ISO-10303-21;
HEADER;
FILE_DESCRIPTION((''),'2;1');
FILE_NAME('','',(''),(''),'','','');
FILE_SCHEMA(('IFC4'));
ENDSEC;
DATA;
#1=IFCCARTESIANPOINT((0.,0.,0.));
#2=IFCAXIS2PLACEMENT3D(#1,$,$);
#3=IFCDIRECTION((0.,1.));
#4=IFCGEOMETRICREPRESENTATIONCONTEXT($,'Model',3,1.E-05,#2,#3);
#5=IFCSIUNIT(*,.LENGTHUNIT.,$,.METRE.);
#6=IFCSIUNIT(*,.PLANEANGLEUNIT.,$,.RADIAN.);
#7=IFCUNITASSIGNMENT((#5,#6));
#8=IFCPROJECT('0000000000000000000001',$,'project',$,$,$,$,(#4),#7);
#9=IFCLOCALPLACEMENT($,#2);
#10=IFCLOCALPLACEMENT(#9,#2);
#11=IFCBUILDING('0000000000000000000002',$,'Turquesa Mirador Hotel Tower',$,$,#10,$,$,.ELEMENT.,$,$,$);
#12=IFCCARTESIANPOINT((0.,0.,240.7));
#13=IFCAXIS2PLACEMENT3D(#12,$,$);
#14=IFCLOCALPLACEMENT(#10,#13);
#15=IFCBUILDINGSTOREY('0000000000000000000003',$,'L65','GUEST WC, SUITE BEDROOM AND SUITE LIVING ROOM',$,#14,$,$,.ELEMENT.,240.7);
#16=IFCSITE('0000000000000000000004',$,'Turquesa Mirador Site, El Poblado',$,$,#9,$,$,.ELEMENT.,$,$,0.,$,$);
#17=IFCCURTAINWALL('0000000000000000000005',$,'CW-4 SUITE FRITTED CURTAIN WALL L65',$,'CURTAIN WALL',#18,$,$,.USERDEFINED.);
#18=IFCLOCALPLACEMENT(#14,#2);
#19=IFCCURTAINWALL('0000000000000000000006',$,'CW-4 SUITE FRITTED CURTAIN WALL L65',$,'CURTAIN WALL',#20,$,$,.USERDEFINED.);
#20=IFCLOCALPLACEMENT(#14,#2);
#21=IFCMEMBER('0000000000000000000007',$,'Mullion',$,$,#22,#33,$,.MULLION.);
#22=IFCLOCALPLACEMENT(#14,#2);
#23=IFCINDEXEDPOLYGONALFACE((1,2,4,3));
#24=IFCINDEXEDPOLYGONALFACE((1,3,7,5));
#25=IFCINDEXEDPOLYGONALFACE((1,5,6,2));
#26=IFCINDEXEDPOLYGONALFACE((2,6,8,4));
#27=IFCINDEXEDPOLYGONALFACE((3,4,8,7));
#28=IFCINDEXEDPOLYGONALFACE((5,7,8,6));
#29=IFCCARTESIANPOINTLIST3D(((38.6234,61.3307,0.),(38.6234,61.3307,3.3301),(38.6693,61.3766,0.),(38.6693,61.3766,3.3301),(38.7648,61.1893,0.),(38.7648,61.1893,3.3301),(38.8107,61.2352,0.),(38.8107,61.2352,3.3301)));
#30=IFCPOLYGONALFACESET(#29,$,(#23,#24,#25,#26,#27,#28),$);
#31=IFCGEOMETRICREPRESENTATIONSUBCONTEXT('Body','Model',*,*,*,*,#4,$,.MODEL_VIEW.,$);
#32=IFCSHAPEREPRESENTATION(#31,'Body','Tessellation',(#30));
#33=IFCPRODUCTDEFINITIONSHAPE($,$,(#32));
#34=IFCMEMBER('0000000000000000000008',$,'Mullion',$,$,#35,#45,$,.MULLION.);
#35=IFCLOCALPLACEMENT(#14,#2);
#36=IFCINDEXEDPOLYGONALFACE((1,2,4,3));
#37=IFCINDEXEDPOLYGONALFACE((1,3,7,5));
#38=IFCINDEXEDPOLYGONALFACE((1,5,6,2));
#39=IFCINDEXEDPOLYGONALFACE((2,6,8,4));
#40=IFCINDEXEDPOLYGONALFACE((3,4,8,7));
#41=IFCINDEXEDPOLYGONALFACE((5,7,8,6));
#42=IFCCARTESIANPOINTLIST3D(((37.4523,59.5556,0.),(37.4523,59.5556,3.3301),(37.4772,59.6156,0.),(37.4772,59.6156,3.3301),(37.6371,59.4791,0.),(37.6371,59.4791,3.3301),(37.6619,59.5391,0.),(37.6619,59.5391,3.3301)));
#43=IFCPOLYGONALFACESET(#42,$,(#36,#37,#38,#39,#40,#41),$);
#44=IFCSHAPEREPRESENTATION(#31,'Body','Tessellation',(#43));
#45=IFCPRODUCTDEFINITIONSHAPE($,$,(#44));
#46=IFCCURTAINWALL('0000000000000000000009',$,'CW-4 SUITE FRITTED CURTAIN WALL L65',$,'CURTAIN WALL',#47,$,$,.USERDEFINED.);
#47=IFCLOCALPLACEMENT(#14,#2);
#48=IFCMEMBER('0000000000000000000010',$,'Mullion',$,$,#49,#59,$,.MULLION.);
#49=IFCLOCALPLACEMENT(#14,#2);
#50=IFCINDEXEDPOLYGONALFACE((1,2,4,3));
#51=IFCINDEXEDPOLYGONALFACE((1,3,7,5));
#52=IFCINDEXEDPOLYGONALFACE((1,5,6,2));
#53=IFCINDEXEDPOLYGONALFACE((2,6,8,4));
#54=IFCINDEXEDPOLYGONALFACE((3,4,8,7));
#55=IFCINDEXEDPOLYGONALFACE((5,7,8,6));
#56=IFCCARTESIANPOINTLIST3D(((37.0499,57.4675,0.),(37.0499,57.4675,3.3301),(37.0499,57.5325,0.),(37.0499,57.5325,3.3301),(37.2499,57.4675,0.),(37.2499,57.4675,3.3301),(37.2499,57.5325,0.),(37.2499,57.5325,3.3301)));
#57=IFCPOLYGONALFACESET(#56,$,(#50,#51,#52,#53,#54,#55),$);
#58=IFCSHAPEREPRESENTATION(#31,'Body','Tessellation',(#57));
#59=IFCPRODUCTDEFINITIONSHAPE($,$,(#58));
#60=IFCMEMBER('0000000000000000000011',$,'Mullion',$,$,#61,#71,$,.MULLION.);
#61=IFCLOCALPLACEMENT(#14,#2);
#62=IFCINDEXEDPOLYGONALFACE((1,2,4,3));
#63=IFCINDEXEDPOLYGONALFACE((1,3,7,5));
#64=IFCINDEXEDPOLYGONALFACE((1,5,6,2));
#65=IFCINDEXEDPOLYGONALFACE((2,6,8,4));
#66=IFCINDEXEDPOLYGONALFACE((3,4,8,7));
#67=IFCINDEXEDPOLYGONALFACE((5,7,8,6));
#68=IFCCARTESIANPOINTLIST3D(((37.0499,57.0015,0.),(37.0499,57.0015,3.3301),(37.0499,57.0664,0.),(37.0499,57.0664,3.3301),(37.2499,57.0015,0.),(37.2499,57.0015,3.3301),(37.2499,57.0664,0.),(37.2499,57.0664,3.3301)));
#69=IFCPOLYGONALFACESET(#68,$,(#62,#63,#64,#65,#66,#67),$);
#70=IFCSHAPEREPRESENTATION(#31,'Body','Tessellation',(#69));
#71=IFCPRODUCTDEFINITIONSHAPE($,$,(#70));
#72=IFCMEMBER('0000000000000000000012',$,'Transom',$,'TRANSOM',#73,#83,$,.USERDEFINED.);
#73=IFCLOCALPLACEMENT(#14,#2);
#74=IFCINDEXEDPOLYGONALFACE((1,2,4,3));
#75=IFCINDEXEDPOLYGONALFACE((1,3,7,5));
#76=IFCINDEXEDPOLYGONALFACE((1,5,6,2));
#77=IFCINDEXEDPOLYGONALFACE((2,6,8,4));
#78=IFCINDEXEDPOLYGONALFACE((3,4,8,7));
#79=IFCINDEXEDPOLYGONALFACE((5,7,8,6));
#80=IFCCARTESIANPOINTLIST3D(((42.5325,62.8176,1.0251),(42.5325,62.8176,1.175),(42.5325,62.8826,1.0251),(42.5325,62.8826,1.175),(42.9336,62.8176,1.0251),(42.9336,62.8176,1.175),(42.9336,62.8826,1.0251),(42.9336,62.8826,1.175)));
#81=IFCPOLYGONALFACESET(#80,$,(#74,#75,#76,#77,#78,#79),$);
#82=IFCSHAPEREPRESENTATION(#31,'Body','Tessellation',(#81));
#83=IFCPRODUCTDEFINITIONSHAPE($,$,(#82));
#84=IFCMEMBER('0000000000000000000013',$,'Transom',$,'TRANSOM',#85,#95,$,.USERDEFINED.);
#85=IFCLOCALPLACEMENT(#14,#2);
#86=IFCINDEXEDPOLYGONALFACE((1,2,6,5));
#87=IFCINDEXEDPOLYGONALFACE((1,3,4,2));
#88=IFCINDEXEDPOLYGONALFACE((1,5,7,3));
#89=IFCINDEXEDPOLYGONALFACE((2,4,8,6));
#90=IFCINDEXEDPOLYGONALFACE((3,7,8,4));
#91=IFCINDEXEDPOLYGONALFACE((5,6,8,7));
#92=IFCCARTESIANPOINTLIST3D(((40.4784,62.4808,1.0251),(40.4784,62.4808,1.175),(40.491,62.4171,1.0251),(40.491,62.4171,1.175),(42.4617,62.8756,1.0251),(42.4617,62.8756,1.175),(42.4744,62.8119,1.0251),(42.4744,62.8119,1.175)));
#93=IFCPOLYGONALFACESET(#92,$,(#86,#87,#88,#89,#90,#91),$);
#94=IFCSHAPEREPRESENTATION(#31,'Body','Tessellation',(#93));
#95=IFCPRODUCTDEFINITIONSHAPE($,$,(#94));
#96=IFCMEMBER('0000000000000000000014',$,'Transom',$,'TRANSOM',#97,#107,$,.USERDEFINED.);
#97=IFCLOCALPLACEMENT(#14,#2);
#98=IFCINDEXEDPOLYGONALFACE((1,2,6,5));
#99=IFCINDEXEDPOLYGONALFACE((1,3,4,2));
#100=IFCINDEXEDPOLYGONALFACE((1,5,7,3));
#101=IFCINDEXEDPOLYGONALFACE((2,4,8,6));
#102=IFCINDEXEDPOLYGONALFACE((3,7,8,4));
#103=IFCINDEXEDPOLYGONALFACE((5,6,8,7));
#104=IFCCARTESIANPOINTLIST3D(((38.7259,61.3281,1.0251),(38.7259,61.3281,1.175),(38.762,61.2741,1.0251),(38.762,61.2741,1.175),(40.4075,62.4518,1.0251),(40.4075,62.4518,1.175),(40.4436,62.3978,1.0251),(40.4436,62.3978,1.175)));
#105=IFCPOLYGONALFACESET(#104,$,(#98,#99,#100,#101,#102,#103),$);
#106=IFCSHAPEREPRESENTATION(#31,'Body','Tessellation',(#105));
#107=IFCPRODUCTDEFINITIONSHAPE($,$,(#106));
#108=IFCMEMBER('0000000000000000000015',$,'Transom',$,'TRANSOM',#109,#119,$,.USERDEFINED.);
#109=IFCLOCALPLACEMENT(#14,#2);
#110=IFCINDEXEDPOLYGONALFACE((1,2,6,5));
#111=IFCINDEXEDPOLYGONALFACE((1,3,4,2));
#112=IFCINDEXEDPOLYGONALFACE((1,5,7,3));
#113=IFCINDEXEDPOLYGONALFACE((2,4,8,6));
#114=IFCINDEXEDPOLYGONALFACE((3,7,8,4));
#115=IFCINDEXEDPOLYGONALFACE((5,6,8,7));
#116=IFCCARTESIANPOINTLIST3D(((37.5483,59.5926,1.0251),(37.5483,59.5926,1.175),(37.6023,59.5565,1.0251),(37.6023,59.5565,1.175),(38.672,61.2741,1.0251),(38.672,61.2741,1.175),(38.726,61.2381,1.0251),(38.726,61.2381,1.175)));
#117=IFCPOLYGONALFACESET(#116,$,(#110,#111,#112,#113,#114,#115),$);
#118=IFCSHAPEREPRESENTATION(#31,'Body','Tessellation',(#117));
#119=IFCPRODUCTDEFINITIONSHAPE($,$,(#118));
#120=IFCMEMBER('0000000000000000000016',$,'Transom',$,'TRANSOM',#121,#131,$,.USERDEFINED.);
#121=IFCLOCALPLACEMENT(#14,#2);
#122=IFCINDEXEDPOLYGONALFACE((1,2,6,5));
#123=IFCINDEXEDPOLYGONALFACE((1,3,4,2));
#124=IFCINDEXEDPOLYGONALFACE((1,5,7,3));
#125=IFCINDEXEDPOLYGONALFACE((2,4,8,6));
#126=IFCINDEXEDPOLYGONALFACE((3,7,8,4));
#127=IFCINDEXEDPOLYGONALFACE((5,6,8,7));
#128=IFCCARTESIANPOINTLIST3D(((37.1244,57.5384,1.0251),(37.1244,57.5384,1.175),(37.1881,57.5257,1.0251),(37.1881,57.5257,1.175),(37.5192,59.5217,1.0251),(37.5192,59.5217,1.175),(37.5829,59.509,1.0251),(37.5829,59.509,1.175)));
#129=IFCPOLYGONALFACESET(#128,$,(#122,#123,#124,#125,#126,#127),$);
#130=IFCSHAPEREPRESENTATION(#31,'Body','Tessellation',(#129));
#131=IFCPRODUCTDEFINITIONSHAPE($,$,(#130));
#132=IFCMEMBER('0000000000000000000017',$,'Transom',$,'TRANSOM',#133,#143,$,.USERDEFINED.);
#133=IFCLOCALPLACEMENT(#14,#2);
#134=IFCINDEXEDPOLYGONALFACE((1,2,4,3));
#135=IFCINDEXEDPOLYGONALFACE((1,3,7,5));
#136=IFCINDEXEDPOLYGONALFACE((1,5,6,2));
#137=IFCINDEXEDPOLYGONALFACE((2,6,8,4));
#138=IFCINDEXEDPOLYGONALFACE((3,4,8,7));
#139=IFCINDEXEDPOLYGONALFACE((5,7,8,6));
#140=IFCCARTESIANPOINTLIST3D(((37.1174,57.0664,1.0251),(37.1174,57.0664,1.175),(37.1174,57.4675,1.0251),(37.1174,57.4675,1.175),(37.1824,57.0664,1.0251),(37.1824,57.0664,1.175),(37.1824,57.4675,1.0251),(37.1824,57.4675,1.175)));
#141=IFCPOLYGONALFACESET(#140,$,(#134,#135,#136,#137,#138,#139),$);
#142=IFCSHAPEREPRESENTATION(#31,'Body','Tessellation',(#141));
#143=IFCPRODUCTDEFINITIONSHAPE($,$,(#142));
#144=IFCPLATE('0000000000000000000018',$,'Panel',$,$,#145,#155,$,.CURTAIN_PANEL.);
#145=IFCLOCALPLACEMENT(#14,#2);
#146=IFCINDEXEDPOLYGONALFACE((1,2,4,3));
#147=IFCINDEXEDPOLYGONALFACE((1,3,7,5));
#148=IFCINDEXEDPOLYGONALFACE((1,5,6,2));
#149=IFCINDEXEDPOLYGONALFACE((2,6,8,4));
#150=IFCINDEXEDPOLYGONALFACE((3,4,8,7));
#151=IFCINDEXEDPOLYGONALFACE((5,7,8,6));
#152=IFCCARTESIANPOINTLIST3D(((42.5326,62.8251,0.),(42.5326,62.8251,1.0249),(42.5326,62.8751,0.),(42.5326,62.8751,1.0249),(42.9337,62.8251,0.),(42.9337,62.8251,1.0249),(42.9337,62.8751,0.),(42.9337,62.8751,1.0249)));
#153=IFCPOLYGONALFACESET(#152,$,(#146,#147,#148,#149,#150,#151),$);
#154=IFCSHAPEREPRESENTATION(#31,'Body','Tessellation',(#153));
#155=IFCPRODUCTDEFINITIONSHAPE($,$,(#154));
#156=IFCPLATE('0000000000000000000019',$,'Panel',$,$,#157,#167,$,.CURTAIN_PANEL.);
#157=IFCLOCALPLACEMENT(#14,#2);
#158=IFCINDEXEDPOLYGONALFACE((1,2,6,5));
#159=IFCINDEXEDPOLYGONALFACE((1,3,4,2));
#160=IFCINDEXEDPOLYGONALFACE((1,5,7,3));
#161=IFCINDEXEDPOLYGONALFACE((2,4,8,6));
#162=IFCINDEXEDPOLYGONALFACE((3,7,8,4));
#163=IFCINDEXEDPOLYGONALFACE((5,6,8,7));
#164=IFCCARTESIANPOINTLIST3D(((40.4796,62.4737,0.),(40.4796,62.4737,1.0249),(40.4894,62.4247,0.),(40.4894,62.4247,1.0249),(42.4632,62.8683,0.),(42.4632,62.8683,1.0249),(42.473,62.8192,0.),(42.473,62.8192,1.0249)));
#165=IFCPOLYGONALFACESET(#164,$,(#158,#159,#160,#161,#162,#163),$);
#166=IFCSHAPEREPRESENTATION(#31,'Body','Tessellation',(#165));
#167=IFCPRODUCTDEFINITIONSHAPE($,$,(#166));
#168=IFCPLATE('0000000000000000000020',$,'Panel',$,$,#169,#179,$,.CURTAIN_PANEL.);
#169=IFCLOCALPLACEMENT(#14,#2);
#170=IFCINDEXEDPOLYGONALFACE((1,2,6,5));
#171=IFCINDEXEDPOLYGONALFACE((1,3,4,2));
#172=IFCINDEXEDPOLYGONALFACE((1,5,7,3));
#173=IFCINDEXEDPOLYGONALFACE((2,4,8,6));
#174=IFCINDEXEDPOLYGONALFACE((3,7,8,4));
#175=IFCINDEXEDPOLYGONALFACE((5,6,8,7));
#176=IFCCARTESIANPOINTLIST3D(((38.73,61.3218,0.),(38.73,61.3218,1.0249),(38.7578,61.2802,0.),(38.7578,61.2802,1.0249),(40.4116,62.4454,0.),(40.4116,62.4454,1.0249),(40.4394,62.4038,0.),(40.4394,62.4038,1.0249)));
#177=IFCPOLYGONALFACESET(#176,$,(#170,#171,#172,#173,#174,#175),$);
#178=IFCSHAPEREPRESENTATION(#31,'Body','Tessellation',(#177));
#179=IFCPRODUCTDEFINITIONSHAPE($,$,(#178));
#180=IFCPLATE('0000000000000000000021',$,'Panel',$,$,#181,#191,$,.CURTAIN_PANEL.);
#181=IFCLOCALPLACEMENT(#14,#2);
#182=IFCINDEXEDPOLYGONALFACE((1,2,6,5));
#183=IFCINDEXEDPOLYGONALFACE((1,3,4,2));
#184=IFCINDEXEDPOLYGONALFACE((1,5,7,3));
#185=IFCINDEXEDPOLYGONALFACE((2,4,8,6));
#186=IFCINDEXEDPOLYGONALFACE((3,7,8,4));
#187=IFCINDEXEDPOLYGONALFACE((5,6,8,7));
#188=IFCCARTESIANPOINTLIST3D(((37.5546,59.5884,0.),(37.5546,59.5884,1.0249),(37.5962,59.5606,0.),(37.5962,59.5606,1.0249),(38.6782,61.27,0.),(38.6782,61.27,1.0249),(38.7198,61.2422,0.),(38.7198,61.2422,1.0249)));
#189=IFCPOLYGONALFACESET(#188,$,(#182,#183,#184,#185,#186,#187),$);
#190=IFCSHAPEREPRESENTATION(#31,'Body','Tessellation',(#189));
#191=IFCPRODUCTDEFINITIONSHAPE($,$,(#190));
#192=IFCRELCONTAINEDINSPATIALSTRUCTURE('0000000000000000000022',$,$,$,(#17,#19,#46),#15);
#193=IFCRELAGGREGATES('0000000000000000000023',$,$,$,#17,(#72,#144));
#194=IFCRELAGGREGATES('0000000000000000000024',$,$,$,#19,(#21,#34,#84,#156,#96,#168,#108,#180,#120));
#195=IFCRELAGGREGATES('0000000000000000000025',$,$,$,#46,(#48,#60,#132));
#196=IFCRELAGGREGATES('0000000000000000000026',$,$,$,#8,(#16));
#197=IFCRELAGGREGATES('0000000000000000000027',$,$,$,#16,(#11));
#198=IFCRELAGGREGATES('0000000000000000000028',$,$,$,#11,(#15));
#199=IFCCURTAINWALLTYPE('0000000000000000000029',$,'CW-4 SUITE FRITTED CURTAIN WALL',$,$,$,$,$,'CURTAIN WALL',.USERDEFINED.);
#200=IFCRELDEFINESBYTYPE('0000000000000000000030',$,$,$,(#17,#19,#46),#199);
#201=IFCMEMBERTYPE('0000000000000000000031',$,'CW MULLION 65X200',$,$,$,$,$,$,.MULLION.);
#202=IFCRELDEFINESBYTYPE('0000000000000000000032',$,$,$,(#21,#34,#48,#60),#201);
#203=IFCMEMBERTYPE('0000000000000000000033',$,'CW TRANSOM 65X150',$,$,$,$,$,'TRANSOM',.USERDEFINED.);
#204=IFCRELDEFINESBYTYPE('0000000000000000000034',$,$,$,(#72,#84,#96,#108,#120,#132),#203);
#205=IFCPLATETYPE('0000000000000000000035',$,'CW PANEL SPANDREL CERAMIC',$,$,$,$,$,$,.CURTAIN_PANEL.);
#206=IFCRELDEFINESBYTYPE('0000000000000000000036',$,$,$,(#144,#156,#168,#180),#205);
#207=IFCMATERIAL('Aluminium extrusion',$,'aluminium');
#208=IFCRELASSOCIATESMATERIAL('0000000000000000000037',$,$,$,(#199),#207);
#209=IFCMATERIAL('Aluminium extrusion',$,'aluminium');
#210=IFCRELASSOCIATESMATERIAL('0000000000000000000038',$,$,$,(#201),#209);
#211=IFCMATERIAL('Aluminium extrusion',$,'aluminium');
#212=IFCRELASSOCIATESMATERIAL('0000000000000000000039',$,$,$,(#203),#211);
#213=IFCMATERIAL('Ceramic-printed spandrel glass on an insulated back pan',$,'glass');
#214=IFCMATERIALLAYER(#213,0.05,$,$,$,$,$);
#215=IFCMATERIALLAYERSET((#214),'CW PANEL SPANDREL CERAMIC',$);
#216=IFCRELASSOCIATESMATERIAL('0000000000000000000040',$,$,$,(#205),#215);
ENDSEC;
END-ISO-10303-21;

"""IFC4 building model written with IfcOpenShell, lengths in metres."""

from ifc_helpers import new_model, si_unit, direction, frame, origin, origin_2d, place, context, subcontext, project, spatial, rectangle, extrude, material, layer, layer_set, material_profile, profile_set, type_object, element, aggregate, save


model = new_model("IFC4")

# Units and contexts
model_context = context("Model", 3, precision=1e-05, world=origin(), true_north=direction((0.0, 1.0)))
body_context = subcontext(model_context, "Body", "Model", "MODEL_VIEW")
ifc_project = project(units=[si_unit("LENGTHUNIT", "METRE"), si_unit("PLANEANGLEUNIT", "RADIAN")], contexts=[model_context])

# Site, building, storey
site_placement = place(None, origin())
site = spatial("IfcSite", under=ifc_project, at=site_placement, Name="Turquesa Mirador Site, El Poblado", CompositionType="ELEMENT", RefElevation=0.0)
building_placement = place(site_placement, origin())
building = spatial("IfcBuilding", under=site, at=building_placement, Name="Turquesa Mirador Hotel Tower", CompositionType="ELEMENT")
storey_placement = place(building_placement, frame((0.0, 0.0, 240.7)))
storey = spatial("IfcBuildingStorey", under=building, at=storey_placement, Name="L65", Description="GUEST WC, SUITE BEDROOM AND SUITE LIVING ROOM", CompositionType="ELEMENT", Elevation=240.7)

# Curtain walls, members
ifc_material_1 = material(Name="Aluminium extrusion", Category="aluminium")
curtain_wall_type = type_object("IfcCurtainWallType", Name="CW-4 SUITE FRITTED CURTAIN WALL", ElementType="CURTAIN WALL", PredefinedType="USERDEFINED", material=ifc_material_1)
curtain_wall_1_placement = place(storey_placement, origin())
curtain_wall_1 = element("IfcCurtainWall", 1, at=curtain_wall_1_placement, inside=storey, type_object=curtain_wall_type, Name="CW-4 SUITE FRITTED CURTAIN WALL L65", ObjectType="CURTAIN WALL", PredefinedType="USERDEFINED")
ifc_material_2 = material(Name="Aluminium extrusion", Category="aluminium")
ifc_material_profile_1 = material_profile(ifc_material_2, rectangle(XDim=0.0649, YDim=0.2, at=origin_2d()), Name="MULLION 65X200")
ifc_profile_set_1 = profile_set([ifc_material_profile_1], Name="Aluminium extrusion")
member_type_1 = type_object("IfcMemberType", Name="CW MULLION 65X200", PredefinedType="MULLION", material=ifc_profile_set_1)
curtain_wall_2_placement = place(storey_placement, origin())
curtain_wall_2 = element("IfcCurtainWall", 2, at=curtain_wall_2_placement, inside=storey, type_object=curtain_wall_type, Name="CW-4 SUITE FRITTED CURTAIN WALL L65", ObjectType="CURTAIN WALL", PredefinedType="USERDEFINED")
member_1_placement = place(storey_placement, frame((38.717, 61.283, 0.0), z_axis=(0.0, 0.0, 1.0), x_axis=(-0.707107, -0.707107, 0.0)))
member_1 = element("IfcMember", 3, at=member_1_placement, type_object=member_type_1, Name="Mullion", PredefinedType="MULLION", context=body_context, shape_type="SweptSolid", body=[
    extrude(rectangle(XDim=0.0649, YDim=0.2, at=origin_2d()), origin(), (0.0, 0.0, 1.0), 3.3301),
])
member_2_placement = place(storey_placement, frame((37.5571, 59.5474, 0.0), z_axis=(0.0, 0.0, 1.0), x_axis=(-0.382683, -0.92388, 0.0)))
member_2 = element("IfcMember", 4, at=member_2_placement, type_object=member_type_1, Name="Mullion", PredefinedType="MULLION", context=body_context, shape_type="SweptSolid", body=[
    extrude(rectangle(XDim=0.0649, YDim=0.2, at=origin_2d()), origin(), (0.0, 0.0, 1.0), 3.3301),
])
curtain_wall_3_placement = place(storey_placement, origin())
curtain_wall_3 = element("IfcCurtainWall", 5, at=curtain_wall_3_placement, inside=storey, type_object=curtain_wall_type, Name="CW-4 SUITE FRITTED CURTAIN WALL L65", ObjectType="CURTAIN WALL", PredefinedType="USERDEFINED")
member_3_placement = place(storey_placement, frame((37.1499, 57.5, 0.0), z_axis=(0.0, 0.0, 1.0), x_axis=(0.0, -1.0, 0.0)))
member_3 = element("IfcMember", 6, at=member_3_placement, type_object=member_type_1, Name="Mullion", PredefinedType="MULLION", context=body_context, shape_type="SweptSolid", body=[
    extrude(rectangle(XDim=0.0649, YDim=0.2, at=origin_2d()), origin(), (0.0, 0.0, 1.0), 3.3301),
])
member_4_placement = place(storey_placement, frame((37.1499, 57.0339, 0.0), z_axis=(0.0, 0.0, 1.0), x_axis=(0.0, -1.0, 0.0)))
member_4 = element("IfcMember", 7, at=member_4_placement, type_object=member_type_1, Name="Mullion", PredefinedType="MULLION", context=body_context, shape_type="SweptSolid", body=[
    extrude(rectangle(XDim=0.0649, YDim=0.2, at=origin_2d()), origin(), (0.0, 0.0, 1.0), 3.3301),
])

# Members
ifc_material_3 = material(Name="Aluminium extrusion", Category="aluminium")
ifc_material_profile_2 = material_profile(ifc_material_3, rectangle(XDim=0.0649, YDim=0.1499, at=origin_2d()), Name="TRANSOM 65X150")
ifc_profile_set_2 = profile_set([ifc_material_profile_2], Name="Aluminium extrusion")
member_type_2 = type_object("IfcMemberType", Name="CW TRANSOM 65X150", ElementType="TRANSOM", PredefinedType="USERDEFINED", material=ifc_profile_set_2)
member_5_placement = place(storey_placement, frame((42.9336, 62.8501, 1.1001), z_axis=(-1.0, 0.0, 0.0), x_axis=(0.0, -1.0, 0.0)))
member_5 = element("IfcMember", 8, at=member_5_placement, type_object=member_type_2, Name="Transom", ObjectType="TRANSOM", PredefinedType="USERDEFINED", context=body_context, shape_type="SweptSolid", body=[
    extrude(rectangle(XDim=0.0649, YDim=0.1499, at=origin_2d()), origin(), (0.0, 0.0, 1.0), 0.4011),
])
member_6_placement = place(storey_placement, frame((42.468, 62.8438, 1.1001), z_axis=(-0.980761, -0.195211, 0.0), x_axis=(0.195211, -0.980761, 0.0)))
member_6 = element("IfcMember", 9, at=member_6_placement, type_object=member_type_2, Name="Transom", ObjectType="TRANSOM", PredefinedType="USERDEFINED", context=body_context, shape_type="SweptSolid", body=[
    extrude(rectangle(XDim=0.0649, YDim=0.1499, at=origin_2d()), origin(), (0.0, 0.0, 1.0), 2.0222),
])
member_7_placement = place(storey_placement, frame((40.4255, 62.4248, 1.1001), z_axis=(-0.831437, -0.555619, 0.0), x_axis=(0.555619, -0.831437, 0.0)))
member_7 = element("IfcMember", 10, at=member_7_placement, type_object=member_type_2, Name="Transom", ObjectType="TRANSOM", PredefinedType="USERDEFINED", context=body_context, shape_type="SweptSolid", body=[
    extrude(rectangle(XDim=0.0649, YDim=0.1499, at=origin_2d()), origin(), (0.0, 0.0, 1.0), 2.0225),
])
member_8_placement = place(storey_placement, frame((38.699, 61.2561, 1.1001), z_axis=(-0.555619, -0.831437, 0.0), x_axis=(0.831437, -0.555619, 0.0)))
member_8 = element("IfcMember", 11, at=member_8_placement, type_object=member_type_2, Name="Transom", ObjectType="TRANSOM", PredefinedType="USERDEFINED", context=body_context, shape_type="SweptSolid", body=[
    extrude(rectangle(XDim=0.0649, YDim=0.1499, at=origin_2d()), origin(), (0.0, 0.0, 1.0), 2.0225),
])
member_9_placement = place(storey_placement, frame((37.551, 59.5154, 1.1001), z_axis=(-0.195211, -0.980761, 0.0), x_axis=(0.980761, -0.195211, 0.0)))
member_9 = element("IfcMember", 12, at=member_9_placement, type_object=member_type_2, Name="Transom", ObjectType="TRANSOM", PredefinedType="USERDEFINED", context=body_context, shape_type="SweptSolid", body=[
    extrude(rectangle(XDim=0.0649, YDim=0.1499, at=origin_2d()), origin(), (0.0, 0.0, 1.0), 2.0222),
])
member_10_placement = place(storey_placement, frame((37.1499, 57.4675, 1.1001), z_axis=(0.0, -1.0, 0.0), x_axis=(1.0, 0.0, 0.0)))
member_10 = element("IfcMember", 13, at=member_10_placement, type_object=member_type_2, Name="Transom", ObjectType="TRANSOM", PredefinedType="USERDEFINED", context=body_context, shape_type="SweptSolid", body=[
    extrude(rectangle(XDim=0.0649, YDim=0.1499, at=origin_2d()), origin(), (0.0, 0.0, 1.0), 0.4011),
])

# Plates
ifc_material_4 = material(Name="Ceramic-printed spandrel glass on an insulated back pan", Category="glass")
ifc_layer_1 = layer(ifc_material_4, 0.05)
ifc_layer_set_1 = layer_set([ifc_layer_1], Name="CW PANEL SPANDREL CERAMIC")
plate_type_1 = type_object("IfcPlateType", Name="CW PANEL SPANDREL CERAMIC", PredefinedType="CURTAIN_PANEL", material=ifc_layer_set_1)
plate_1_placement = place(storey_placement, frame((42.7332, 62.8501, 0.0), z_axis=(0.0, 0.0, 1.0), x_axis=(-1.0, 0.0, 0.0)))
plate_1 = element("IfcPlate", 14, at=plate_1_placement, type_object=plate_type_1, Name="Panel", PredefinedType="CURTAIN_PANEL", context=body_context, shape_type="SweptSolid", body=[
    extrude(rectangle(XDim=0.4011, YDim=0.05, at=origin_2d()), origin(), (0.0, 0.0, 1.0), 1.0249),
])
plate_2_placement = place(storey_placement, frame((41.4763, 62.6465, 0.0), z_axis=(0.0, 0.0, 1.0), x_axis=(-0.980785, -0.195091, 0.0)))
plate_2 = element("IfcPlate", 15, at=plate_2_placement, type_object=plate_type_1, Name="Panel", PredefinedType="CURTAIN_PANEL", context=body_context, shape_type="SweptSolid", body=[
    extrude(rectangle(XDim=2.0225, YDim=0.05, at=origin_2d()), origin(), (0.0, 0.0, 1.0), 1.0249),
])
plate_3_placement = place(storey_placement, frame((39.5847, 61.8628, 0.0), z_axis=(0.0, 0.0, 1.0), x_axis=(-0.83147, -0.55557, 0.0)))
plate_3 = element("IfcPlate", 16, at=plate_3_placement, type_object=plate_type_1, Name="Panel", PredefinedType="CURTAIN_PANEL", context=body_context, shape_type="SweptSolid", body=[
    extrude(rectangle(XDim=2.0225, YDim=0.05, at=origin_2d()), origin(), (0.0, 0.0, 1.0), 1.0249),
])
plate_4_placement = place(storey_placement, frame((38.1372, 60.4153, 0.0), z_axis=(0.0, 0.0, 1.0), x_axis=(-0.55557, -0.83147, 0.0)))
plate_4 = element("IfcPlate", 17, at=plate_4_placement, type_object=plate_type_1, Name="Panel", PredefinedType="CURTAIN_PANEL", context=body_context, shape_type="SweptSolid", body=[
    extrude(rectangle(XDim=2.0225, YDim=0.05, at=origin_2d()), origin(), (0.0, 0.0, 1.0), 1.0249),
])
aggregate(curtain_wall_1, [member_5, plate_1])
aggregate(curtain_wall_2, [member_1, member_2, member_6, plate_2, member_7, plate_3, member_8, plate_4, member_9])
aggregate(curtain_wall_3, [member_3, member_4, member_10])

save(model, "model.ifc")
